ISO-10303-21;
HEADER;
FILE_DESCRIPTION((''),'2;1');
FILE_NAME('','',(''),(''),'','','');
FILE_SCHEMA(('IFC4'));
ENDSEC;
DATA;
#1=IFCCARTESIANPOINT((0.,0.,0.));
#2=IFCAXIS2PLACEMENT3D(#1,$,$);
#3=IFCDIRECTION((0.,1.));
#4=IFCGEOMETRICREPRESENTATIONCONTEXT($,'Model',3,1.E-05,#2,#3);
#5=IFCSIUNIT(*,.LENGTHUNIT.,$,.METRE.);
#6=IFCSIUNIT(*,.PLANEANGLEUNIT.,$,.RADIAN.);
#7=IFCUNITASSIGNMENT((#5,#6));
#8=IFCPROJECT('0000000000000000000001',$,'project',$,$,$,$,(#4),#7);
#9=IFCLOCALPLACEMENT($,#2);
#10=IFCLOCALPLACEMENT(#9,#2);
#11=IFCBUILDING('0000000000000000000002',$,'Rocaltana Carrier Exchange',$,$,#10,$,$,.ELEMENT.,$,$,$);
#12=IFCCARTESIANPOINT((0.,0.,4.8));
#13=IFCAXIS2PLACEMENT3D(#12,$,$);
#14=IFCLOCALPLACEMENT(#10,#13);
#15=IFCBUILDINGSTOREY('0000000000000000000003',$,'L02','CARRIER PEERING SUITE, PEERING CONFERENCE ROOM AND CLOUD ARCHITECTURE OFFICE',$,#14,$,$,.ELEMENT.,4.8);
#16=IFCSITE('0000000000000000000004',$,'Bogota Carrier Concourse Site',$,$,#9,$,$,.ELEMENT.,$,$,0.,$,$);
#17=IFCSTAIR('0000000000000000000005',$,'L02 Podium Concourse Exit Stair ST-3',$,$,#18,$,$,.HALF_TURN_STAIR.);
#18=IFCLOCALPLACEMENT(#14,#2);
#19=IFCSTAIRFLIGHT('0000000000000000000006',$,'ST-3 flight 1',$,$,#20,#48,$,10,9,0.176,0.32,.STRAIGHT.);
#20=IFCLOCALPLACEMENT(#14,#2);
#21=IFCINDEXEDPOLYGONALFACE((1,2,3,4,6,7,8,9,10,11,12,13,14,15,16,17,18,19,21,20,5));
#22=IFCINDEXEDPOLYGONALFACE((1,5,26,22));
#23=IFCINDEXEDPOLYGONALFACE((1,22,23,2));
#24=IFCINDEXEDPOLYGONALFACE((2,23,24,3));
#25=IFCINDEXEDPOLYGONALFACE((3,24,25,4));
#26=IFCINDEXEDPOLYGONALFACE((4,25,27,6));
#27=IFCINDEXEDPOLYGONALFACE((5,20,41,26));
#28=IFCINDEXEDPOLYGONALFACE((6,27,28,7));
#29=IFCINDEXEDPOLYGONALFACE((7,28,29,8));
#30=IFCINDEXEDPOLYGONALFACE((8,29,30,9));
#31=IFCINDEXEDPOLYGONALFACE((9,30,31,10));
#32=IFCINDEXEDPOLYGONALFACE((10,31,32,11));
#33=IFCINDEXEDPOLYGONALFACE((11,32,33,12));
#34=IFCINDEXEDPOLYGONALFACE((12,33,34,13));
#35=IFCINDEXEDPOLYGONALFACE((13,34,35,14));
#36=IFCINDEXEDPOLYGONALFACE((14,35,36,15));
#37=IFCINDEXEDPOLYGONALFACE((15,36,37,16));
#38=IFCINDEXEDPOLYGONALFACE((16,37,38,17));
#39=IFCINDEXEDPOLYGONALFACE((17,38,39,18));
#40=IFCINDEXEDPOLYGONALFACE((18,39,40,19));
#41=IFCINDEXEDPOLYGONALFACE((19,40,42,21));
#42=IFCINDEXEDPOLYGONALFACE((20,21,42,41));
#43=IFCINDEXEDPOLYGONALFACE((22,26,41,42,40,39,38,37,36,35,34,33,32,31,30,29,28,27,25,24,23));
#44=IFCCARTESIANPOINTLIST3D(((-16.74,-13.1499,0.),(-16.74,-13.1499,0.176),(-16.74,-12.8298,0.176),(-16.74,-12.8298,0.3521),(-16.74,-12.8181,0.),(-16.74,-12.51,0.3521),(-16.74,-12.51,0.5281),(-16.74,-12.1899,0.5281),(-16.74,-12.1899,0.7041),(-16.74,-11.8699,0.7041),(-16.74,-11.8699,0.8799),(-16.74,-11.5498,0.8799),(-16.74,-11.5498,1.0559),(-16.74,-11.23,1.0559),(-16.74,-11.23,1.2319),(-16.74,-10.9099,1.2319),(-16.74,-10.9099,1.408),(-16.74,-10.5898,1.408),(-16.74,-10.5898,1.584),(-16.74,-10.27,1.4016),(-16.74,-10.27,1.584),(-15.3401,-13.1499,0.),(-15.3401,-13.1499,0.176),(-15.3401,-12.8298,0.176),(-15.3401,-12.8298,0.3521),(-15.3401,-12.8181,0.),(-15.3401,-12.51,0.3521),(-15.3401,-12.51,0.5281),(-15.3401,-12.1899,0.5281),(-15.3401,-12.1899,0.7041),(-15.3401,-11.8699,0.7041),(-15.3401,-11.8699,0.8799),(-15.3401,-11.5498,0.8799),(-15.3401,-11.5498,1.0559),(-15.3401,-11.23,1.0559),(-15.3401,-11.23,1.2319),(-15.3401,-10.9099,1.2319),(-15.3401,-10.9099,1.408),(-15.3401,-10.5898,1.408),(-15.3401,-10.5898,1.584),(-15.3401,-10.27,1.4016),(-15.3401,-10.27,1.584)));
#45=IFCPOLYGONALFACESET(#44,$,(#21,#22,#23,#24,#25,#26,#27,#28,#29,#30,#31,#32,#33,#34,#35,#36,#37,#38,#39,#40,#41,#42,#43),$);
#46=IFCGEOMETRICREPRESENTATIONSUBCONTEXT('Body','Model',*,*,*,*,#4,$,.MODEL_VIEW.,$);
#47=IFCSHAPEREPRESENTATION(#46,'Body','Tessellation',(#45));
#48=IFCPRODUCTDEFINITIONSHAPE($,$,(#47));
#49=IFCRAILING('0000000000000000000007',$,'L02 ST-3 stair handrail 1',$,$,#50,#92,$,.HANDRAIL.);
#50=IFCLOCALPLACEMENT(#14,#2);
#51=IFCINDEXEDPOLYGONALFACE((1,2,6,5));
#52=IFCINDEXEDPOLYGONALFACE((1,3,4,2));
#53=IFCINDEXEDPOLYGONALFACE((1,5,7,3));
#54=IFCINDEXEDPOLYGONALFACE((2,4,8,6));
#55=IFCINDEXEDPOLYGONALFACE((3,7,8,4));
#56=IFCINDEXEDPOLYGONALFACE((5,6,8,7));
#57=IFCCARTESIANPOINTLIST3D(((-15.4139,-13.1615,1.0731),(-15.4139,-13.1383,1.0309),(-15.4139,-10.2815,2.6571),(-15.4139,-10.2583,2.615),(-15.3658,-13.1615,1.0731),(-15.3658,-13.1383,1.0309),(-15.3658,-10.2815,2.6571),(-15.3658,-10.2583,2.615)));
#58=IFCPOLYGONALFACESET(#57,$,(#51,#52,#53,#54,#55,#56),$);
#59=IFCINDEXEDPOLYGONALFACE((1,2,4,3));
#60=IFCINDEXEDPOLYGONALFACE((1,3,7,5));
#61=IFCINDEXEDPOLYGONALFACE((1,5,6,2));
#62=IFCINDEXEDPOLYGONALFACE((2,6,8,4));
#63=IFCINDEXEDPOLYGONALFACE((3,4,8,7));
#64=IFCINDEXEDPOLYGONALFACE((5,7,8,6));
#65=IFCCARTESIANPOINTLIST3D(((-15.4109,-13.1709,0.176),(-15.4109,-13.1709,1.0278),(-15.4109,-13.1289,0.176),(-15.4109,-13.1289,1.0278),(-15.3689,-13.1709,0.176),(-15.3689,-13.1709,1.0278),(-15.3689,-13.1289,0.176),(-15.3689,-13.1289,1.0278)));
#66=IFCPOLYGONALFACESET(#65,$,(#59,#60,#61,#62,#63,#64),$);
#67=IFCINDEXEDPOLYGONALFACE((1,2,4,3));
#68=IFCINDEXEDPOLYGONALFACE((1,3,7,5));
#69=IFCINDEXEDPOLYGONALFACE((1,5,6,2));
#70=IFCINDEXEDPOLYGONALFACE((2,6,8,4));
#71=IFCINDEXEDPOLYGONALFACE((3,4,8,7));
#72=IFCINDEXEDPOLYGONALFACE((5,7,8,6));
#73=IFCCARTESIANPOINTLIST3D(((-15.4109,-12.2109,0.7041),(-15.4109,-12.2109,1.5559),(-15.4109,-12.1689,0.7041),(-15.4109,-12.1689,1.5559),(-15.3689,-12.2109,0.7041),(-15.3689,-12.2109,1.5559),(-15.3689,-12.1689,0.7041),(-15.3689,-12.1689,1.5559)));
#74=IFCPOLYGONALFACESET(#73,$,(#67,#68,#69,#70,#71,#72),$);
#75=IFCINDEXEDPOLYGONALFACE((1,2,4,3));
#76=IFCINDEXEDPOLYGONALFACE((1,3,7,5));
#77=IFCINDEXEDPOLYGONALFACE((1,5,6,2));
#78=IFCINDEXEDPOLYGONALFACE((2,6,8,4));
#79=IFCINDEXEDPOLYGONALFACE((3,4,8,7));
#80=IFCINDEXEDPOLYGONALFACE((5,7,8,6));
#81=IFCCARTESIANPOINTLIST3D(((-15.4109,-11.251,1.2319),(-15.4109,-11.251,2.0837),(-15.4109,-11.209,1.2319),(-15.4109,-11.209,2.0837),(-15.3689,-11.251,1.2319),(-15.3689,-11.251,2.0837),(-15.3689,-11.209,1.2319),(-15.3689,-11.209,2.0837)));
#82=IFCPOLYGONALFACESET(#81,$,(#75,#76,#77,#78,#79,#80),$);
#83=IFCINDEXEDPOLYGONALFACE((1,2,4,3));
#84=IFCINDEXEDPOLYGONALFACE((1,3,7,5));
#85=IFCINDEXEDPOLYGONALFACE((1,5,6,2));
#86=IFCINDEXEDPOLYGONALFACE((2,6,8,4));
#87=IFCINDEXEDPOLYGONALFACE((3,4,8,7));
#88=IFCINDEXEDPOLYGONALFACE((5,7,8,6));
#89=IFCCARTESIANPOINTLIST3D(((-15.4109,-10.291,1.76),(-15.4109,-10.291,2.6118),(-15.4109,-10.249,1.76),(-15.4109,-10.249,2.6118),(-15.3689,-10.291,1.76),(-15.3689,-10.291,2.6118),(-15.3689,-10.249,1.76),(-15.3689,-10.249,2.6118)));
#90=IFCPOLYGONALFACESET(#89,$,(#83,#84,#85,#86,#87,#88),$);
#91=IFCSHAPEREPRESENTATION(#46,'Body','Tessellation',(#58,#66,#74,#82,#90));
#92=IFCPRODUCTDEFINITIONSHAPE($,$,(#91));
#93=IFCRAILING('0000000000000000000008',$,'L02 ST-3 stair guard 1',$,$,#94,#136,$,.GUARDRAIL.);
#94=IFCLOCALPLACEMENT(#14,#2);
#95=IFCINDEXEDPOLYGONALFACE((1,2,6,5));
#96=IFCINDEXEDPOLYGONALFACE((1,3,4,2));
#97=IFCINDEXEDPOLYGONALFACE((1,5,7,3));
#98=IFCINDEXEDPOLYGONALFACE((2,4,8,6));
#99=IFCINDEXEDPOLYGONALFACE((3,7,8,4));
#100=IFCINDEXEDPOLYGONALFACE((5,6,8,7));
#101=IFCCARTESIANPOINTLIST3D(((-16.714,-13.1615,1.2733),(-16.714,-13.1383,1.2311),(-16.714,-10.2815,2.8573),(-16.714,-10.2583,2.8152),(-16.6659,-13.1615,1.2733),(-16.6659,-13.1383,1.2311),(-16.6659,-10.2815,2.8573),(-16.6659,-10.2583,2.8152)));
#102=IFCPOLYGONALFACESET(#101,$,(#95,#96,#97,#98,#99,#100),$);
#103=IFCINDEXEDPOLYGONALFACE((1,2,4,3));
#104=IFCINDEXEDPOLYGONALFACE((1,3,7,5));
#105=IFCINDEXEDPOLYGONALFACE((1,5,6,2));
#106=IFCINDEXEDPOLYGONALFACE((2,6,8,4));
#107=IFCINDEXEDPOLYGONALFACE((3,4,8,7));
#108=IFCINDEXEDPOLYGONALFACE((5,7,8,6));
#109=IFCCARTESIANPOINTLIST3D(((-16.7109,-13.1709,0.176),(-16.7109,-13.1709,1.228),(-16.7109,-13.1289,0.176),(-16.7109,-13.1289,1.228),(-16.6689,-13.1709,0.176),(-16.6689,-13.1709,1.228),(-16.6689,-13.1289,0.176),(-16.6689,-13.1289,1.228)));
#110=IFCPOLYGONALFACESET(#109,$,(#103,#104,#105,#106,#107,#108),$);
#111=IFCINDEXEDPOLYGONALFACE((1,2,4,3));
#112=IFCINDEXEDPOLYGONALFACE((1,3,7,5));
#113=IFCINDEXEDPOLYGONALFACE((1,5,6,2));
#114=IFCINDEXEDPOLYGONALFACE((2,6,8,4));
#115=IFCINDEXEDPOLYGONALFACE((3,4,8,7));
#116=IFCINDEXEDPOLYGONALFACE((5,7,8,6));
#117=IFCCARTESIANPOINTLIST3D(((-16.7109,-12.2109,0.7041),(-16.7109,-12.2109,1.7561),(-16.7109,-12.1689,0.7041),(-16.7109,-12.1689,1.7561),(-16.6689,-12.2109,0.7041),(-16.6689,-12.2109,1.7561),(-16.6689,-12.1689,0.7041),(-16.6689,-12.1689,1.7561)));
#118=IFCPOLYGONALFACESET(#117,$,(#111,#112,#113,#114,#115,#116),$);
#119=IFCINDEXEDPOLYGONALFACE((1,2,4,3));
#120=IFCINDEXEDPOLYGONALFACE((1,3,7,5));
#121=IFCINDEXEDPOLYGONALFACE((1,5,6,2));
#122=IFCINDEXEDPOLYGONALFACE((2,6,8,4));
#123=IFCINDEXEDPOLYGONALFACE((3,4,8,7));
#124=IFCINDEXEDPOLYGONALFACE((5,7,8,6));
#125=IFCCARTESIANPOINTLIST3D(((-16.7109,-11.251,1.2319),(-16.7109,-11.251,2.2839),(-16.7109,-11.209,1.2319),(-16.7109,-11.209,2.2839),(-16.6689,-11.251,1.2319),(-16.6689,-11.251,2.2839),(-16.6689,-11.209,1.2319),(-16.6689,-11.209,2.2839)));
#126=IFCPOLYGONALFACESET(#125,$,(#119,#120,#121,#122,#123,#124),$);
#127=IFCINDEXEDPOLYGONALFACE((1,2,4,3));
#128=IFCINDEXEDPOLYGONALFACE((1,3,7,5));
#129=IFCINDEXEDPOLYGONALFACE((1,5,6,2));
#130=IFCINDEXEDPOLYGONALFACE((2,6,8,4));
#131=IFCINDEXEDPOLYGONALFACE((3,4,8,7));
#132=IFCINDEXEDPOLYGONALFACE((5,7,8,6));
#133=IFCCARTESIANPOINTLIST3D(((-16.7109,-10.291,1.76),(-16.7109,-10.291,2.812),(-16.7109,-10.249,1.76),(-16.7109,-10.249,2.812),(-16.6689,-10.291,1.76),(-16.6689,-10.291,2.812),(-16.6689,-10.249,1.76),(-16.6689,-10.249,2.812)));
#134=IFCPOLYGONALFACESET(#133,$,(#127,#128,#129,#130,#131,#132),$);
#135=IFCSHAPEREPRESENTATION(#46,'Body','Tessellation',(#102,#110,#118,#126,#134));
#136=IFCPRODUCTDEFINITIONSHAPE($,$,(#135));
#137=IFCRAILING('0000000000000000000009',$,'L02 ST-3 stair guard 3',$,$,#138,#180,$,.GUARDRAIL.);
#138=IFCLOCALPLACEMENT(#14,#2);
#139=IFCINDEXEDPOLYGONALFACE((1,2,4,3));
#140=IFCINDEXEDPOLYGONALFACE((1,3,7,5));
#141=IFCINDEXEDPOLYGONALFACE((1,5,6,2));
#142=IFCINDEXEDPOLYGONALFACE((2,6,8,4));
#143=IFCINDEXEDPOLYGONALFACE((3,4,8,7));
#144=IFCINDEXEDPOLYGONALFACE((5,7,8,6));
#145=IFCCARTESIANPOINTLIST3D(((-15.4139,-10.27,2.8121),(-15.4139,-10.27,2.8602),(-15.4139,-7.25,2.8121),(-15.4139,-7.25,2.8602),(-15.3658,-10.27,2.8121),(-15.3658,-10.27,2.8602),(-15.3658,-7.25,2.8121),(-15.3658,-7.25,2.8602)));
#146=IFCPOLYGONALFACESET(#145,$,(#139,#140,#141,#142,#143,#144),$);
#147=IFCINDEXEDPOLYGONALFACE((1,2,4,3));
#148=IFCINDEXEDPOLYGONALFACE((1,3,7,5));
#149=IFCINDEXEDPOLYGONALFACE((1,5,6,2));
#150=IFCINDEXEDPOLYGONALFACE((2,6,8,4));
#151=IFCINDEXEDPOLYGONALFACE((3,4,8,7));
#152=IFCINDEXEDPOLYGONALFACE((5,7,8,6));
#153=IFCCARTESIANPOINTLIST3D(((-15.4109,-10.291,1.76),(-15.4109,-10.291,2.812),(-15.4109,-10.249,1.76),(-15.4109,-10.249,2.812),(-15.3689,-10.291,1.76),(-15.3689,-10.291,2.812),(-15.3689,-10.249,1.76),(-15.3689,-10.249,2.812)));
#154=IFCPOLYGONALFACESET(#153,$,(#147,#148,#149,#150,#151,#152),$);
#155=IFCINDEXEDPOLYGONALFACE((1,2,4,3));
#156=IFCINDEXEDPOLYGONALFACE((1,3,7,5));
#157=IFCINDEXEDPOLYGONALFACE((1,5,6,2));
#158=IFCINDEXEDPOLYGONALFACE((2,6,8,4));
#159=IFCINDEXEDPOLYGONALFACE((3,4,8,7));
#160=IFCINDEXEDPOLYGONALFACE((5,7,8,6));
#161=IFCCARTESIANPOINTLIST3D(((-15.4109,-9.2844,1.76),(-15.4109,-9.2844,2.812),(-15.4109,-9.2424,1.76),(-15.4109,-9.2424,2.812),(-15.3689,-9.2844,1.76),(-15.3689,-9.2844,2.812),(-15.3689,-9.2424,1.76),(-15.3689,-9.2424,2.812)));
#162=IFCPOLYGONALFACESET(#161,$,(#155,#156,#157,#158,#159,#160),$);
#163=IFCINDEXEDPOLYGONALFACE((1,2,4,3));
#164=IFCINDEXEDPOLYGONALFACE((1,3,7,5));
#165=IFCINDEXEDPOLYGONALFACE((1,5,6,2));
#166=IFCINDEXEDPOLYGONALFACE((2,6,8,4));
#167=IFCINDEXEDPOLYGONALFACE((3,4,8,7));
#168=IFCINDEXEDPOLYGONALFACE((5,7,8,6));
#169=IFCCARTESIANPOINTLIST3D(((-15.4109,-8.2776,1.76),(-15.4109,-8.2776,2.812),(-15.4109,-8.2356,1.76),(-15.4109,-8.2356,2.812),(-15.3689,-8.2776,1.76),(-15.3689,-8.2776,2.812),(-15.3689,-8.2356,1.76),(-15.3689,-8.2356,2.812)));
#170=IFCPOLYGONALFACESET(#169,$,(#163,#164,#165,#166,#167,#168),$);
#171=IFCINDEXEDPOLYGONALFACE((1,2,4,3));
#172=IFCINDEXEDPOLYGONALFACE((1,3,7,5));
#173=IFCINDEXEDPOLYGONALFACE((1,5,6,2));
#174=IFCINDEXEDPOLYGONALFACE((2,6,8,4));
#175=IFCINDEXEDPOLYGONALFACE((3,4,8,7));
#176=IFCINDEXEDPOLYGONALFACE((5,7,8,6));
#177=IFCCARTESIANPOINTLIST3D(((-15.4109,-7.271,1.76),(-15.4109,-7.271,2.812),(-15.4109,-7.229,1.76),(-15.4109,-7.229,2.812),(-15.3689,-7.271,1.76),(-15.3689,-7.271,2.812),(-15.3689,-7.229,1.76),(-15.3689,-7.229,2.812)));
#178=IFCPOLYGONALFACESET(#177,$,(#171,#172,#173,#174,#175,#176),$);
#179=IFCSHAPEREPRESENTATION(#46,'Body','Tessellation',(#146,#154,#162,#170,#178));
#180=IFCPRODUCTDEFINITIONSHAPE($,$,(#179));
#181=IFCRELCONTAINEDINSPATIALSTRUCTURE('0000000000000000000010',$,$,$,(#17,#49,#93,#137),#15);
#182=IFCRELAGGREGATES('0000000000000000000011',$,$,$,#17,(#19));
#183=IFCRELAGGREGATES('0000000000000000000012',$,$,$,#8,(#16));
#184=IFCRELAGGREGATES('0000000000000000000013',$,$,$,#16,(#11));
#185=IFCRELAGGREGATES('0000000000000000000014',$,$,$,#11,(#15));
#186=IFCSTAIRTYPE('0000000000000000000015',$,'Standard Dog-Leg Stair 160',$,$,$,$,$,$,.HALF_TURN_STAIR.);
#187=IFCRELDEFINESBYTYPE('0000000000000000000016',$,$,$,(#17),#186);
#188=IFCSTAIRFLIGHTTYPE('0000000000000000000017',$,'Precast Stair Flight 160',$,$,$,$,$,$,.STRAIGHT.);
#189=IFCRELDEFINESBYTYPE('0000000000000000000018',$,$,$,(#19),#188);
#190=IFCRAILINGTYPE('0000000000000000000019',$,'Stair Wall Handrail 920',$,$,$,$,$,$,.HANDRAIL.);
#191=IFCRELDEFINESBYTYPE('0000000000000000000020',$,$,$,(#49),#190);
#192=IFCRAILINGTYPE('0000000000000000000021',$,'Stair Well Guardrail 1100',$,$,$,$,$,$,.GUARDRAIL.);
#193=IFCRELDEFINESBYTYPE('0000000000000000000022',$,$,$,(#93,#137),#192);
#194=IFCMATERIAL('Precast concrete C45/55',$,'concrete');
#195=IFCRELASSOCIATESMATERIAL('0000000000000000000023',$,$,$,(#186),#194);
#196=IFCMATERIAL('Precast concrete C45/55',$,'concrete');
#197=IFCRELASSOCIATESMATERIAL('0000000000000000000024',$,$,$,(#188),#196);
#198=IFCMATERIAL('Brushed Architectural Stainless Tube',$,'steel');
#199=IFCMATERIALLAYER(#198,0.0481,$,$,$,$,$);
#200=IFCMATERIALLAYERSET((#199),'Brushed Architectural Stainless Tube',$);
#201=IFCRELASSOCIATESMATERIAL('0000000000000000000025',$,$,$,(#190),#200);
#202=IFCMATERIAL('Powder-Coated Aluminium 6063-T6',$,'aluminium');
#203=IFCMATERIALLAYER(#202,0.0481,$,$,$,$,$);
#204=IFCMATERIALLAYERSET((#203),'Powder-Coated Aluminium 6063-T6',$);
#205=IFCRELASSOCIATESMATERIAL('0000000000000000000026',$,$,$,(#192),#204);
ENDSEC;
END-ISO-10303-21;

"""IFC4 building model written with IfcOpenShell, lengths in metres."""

from ifc_helpers import new_model, si_unit, direction, frame, origin, origin_2d, place, context, subcontext, project, spatial, polyline, rectangle, outline, extrude, material, layer, layer_set, type_object, element, aggregate, save


model = new_model("IFC4")

# Units and contexts
model_context = context("Model", 3, precision=1e-05, world=origin(), true_north=direction((0.0, 1.0)))
body_context = subcontext(model_context, "Body", "Model", "MODEL_VIEW")
ifc_project = project(units=[si_unit("LENGTHUNIT", "METRE"), si_unit("PLANEANGLEUNIT", "RADIAN")], contexts=[model_context])

# Site, building, storey
site_placement = place(None, origin())
site = spatial("IfcSite", under=ifc_project, at=site_placement, Name="Bogota Carrier Concourse Site", CompositionType="ELEMENT", RefElevation=0.0)
building_placement = place(site_placement, origin())
building = spatial("IfcBuilding", under=site, at=building_placement, Name="Rocaltana Carrier Exchange", CompositionType="ELEMENT")
storey_placement = place(building_placement, frame((0.0, 0.0, 4.8)))
storey = spatial("IfcBuildingStorey", under=building, at=storey_placement, Name="L02", Description="CARRIER PEERING SUITE, PEERING CONFERENCE ROOM AND CLOUD ARCHITECTURE OFFICE", CompositionType="ELEMENT", Elevation=4.8)

# Stair, stair flight
ifc_material_1 = material(Name="Precast concrete C45/55", Category="concrete")
stair_type = type_object("IfcStairType", Name="Standard Dog-Leg Stair 160", PredefinedType="HALF_TURN_STAIR", material=ifc_material_1)
stair_placement = place(storey_placement, origin())
stair = element("IfcStair", 1, at=stair_placement, inside=storey, type_object=stair_type, Name="L02 Podium Concourse Exit Stair ST-3", PredefinedType="HALF_TURN_STAIR")
ifc_material_2 = material(Name="Precast concrete C45/55", Category="concrete")
stair_flight_type = type_object("IfcStairFlightType", Name="Precast Stair Flight 160", PredefinedType="STRAIGHT", material=ifc_material_2)
stair_flight_placement = place(storey_placement, frame((-16.04, -13.1499, 0.0), z_axis=(0.0, 0.0, 1.0), x_axis=(0.0, 1.0, 0.0)))
stair_flight = element("IfcStairFlight", 2, at=stair_flight_placement, type_object=stair_flight_type, Name="ST-3 flight 1", NumberOfRisers=10, NumberOfTreads=9, PredefinedType="STRAIGHT", RiserHeight=0.176, TreadLength=0.32, context=body_context, shape_type="SweptSolid", body=[
    extrude(outline(polyline([(0.0, 0.0), (0.0, 0.176), (0.3201, 0.176), (0.3201, 0.3521), (0.6399, 0.3521), (0.6399, 0.5281), (0.96, 0.5281), (0.96, 0.7041), (1.28, 0.7041), (1.28, 0.8799), (1.6001, 0.8799), (1.6001, 1.0559), (1.9199, 1.0559), (1.9199, 1.2319), (2.24, 1.2319), (2.24, 1.408), (2.5601, 1.408), (2.5601, 1.584), (2.8799, 1.584), (2.8799, 1.76), (2.8799, 1.4016), (0.3318, 0.0), (0.0, 0.0)])), frame((0.0, 0.7, 0.0), z_axis=(0.0, -1.0, 0.0), x_axis=(1.0, 0.0, 0.0)), (0.0, 0.0, 1.0), 1.3999),
])
aggregate(stair, [stair_flight])

# Railings
ifc_material_3 = material(Name="Brushed Architectural Stainless Tube", Category="steel")
ifc_layer_1 = layer(ifc_material_3, 0.0481)
ifc_layer_set_1 = layer_set([ifc_layer_1], Name="Brushed Architectural Stainless Tube")
railing_type_1 = type_object("IfcRailingType", Name="Stair Wall Handrail 920", PredefinedType="HANDRAIL", material=ifc_layer_set_1)
railing_1_placement = place(storey_placement, frame((-15.3899, -13.1499, 0.176)))
element("IfcRailing", 3, at=railing_1_placement, inside=storey, type_object=railing_type_1, Name="L02 ST-3 stair handrail 1", PredefinedType="HANDRAIL", context=body_context, shape_type="SweptSolid", body=[
    extrude(rectangle(XDim=0.0481, YDim=0.0481, at=origin_2d()), frame((0.0, 0.0, 0.876), z_axis=(0.0, 0.87621, 0.48193), x_axis=(-1.0, 0.0, 0.0)), (0.0, 0.0, 1.0), 3.2869),
    extrude(rectangle(XDim=0.042, YDim=0.042, at=origin_2d()), origin(), (0.0, 0.0, 1.0), 0.8518),
    extrude(rectangle(XDim=0.042, YDim=0.042, at=origin_2d()), frame((0.0, 0.96, 0.5281)), (0.0, 0.0, 1.0), 0.8518),
    extrude(rectangle(XDim=0.042, YDim=0.042, at=origin_2d()), frame((0.0, 1.9199, 1.0559)), (0.0, 0.0, 1.0), 0.8518),
    extrude(rectangle(XDim=0.042, YDim=0.042, at=origin_2d()), frame((0.0, 2.8799, 1.584)), (0.0, 0.0, 1.0), 0.8518),
])
ifc_material_4 = material(Name="Powder-Coated Aluminium 6063-T6", Category="aluminium")
ifc_layer_2 = layer(ifc_material_4, 0.0481)
ifc_layer_set_2 = layer_set([ifc_layer_2], Name="Powder-Coated Aluminium 6063-T6")
railing_type_2 = type_object("IfcRailingType", Name="Stair Well Guardrail 1100", PredefinedType="GUARDRAIL", material=ifc_layer_set_2)
railing_2_placement = place(storey_placement, frame((-16.6899, -13.1499, 0.176)))
element("IfcRailing", 4, at=railing_2_placement, inside=storey, type_object=railing_type_2, Name="L02 ST-3 stair guard 1", PredefinedType="GUARDRAIL", context=body_context, shape_type="SweptSolid", body=[
    extrude(rectangle(XDim=0.0481, YDim=0.0481, at=origin_2d()), frame((0.0, 0.0, 1.0762), z_axis=(0.0, 0.87621, 0.48193), x_axis=(-1.0, 0.0, 0.0)), (0.0, 0.0, 1.0), 3.2869),
    extrude(rectangle(XDim=0.042, YDim=0.042, at=origin_2d()), origin(), (0.0, 0.0, 1.0), 1.052),
    extrude(rectangle(XDim=0.042, YDim=0.042, at=origin_2d()), frame((0.0, 0.96, 0.5281)), (0.0, 0.0, 1.0), 1.052),
    extrude(rectangle(XDim=0.042, YDim=0.042, at=origin_2d()), frame((0.0, 1.9199, 1.0559)), (0.0, 0.0, 1.0), 1.052),
    extrude(rectangle(XDim=0.042, YDim=0.042, at=origin_2d()), frame((0.0, 2.8799, 1.584)), (0.0, 0.0, 1.0), 1.052),
])
railing_3_placement = place(storey_placement, frame((-15.3899, -10.27, 1.76)))
element("IfcRailing", 5, at=railing_3_placement, inside=storey, type_object=railing_type_2, Name="L02 ST-3 stair guard 3", PredefinedType="GUARDRAIL", context=body_context, shape_type="SweptSolid", body=[
    extrude(rectangle(XDim=0.0481, YDim=0.0481, at=origin_2d()), frame((0.0, 0.0, 1.0762), z_axis=(0.0, 1.0, 0.0), x_axis=(-1.0, 0.0, 0.0)), (0.0, 0.0, 1.0), 3.02),
    extrude(rectangle(XDim=0.042, YDim=0.042, at=origin_2d()), origin(), (0.0, 0.0, 1.0), 1.052),
    extrude(rectangle(XDim=0.042, YDim=0.042, at=origin_2d()), frame((0.0, 1.0066, 0.0)), (0.0, 0.0, 1.0), 1.052),
    extrude(rectangle(XDim=0.042, YDim=0.042, at=origin_2d()), frame((0.0, 2.0134, 0.0)), (0.0, 0.0, 1.0), 1.052),
    extrude(rectangle(XDim=0.042, YDim=0.042, at=origin_2d()), frame((0.0, 3.02, 0.0)), (0.0, 0.0, 1.0), 1.052),
])

save(model, "model.ifc")
